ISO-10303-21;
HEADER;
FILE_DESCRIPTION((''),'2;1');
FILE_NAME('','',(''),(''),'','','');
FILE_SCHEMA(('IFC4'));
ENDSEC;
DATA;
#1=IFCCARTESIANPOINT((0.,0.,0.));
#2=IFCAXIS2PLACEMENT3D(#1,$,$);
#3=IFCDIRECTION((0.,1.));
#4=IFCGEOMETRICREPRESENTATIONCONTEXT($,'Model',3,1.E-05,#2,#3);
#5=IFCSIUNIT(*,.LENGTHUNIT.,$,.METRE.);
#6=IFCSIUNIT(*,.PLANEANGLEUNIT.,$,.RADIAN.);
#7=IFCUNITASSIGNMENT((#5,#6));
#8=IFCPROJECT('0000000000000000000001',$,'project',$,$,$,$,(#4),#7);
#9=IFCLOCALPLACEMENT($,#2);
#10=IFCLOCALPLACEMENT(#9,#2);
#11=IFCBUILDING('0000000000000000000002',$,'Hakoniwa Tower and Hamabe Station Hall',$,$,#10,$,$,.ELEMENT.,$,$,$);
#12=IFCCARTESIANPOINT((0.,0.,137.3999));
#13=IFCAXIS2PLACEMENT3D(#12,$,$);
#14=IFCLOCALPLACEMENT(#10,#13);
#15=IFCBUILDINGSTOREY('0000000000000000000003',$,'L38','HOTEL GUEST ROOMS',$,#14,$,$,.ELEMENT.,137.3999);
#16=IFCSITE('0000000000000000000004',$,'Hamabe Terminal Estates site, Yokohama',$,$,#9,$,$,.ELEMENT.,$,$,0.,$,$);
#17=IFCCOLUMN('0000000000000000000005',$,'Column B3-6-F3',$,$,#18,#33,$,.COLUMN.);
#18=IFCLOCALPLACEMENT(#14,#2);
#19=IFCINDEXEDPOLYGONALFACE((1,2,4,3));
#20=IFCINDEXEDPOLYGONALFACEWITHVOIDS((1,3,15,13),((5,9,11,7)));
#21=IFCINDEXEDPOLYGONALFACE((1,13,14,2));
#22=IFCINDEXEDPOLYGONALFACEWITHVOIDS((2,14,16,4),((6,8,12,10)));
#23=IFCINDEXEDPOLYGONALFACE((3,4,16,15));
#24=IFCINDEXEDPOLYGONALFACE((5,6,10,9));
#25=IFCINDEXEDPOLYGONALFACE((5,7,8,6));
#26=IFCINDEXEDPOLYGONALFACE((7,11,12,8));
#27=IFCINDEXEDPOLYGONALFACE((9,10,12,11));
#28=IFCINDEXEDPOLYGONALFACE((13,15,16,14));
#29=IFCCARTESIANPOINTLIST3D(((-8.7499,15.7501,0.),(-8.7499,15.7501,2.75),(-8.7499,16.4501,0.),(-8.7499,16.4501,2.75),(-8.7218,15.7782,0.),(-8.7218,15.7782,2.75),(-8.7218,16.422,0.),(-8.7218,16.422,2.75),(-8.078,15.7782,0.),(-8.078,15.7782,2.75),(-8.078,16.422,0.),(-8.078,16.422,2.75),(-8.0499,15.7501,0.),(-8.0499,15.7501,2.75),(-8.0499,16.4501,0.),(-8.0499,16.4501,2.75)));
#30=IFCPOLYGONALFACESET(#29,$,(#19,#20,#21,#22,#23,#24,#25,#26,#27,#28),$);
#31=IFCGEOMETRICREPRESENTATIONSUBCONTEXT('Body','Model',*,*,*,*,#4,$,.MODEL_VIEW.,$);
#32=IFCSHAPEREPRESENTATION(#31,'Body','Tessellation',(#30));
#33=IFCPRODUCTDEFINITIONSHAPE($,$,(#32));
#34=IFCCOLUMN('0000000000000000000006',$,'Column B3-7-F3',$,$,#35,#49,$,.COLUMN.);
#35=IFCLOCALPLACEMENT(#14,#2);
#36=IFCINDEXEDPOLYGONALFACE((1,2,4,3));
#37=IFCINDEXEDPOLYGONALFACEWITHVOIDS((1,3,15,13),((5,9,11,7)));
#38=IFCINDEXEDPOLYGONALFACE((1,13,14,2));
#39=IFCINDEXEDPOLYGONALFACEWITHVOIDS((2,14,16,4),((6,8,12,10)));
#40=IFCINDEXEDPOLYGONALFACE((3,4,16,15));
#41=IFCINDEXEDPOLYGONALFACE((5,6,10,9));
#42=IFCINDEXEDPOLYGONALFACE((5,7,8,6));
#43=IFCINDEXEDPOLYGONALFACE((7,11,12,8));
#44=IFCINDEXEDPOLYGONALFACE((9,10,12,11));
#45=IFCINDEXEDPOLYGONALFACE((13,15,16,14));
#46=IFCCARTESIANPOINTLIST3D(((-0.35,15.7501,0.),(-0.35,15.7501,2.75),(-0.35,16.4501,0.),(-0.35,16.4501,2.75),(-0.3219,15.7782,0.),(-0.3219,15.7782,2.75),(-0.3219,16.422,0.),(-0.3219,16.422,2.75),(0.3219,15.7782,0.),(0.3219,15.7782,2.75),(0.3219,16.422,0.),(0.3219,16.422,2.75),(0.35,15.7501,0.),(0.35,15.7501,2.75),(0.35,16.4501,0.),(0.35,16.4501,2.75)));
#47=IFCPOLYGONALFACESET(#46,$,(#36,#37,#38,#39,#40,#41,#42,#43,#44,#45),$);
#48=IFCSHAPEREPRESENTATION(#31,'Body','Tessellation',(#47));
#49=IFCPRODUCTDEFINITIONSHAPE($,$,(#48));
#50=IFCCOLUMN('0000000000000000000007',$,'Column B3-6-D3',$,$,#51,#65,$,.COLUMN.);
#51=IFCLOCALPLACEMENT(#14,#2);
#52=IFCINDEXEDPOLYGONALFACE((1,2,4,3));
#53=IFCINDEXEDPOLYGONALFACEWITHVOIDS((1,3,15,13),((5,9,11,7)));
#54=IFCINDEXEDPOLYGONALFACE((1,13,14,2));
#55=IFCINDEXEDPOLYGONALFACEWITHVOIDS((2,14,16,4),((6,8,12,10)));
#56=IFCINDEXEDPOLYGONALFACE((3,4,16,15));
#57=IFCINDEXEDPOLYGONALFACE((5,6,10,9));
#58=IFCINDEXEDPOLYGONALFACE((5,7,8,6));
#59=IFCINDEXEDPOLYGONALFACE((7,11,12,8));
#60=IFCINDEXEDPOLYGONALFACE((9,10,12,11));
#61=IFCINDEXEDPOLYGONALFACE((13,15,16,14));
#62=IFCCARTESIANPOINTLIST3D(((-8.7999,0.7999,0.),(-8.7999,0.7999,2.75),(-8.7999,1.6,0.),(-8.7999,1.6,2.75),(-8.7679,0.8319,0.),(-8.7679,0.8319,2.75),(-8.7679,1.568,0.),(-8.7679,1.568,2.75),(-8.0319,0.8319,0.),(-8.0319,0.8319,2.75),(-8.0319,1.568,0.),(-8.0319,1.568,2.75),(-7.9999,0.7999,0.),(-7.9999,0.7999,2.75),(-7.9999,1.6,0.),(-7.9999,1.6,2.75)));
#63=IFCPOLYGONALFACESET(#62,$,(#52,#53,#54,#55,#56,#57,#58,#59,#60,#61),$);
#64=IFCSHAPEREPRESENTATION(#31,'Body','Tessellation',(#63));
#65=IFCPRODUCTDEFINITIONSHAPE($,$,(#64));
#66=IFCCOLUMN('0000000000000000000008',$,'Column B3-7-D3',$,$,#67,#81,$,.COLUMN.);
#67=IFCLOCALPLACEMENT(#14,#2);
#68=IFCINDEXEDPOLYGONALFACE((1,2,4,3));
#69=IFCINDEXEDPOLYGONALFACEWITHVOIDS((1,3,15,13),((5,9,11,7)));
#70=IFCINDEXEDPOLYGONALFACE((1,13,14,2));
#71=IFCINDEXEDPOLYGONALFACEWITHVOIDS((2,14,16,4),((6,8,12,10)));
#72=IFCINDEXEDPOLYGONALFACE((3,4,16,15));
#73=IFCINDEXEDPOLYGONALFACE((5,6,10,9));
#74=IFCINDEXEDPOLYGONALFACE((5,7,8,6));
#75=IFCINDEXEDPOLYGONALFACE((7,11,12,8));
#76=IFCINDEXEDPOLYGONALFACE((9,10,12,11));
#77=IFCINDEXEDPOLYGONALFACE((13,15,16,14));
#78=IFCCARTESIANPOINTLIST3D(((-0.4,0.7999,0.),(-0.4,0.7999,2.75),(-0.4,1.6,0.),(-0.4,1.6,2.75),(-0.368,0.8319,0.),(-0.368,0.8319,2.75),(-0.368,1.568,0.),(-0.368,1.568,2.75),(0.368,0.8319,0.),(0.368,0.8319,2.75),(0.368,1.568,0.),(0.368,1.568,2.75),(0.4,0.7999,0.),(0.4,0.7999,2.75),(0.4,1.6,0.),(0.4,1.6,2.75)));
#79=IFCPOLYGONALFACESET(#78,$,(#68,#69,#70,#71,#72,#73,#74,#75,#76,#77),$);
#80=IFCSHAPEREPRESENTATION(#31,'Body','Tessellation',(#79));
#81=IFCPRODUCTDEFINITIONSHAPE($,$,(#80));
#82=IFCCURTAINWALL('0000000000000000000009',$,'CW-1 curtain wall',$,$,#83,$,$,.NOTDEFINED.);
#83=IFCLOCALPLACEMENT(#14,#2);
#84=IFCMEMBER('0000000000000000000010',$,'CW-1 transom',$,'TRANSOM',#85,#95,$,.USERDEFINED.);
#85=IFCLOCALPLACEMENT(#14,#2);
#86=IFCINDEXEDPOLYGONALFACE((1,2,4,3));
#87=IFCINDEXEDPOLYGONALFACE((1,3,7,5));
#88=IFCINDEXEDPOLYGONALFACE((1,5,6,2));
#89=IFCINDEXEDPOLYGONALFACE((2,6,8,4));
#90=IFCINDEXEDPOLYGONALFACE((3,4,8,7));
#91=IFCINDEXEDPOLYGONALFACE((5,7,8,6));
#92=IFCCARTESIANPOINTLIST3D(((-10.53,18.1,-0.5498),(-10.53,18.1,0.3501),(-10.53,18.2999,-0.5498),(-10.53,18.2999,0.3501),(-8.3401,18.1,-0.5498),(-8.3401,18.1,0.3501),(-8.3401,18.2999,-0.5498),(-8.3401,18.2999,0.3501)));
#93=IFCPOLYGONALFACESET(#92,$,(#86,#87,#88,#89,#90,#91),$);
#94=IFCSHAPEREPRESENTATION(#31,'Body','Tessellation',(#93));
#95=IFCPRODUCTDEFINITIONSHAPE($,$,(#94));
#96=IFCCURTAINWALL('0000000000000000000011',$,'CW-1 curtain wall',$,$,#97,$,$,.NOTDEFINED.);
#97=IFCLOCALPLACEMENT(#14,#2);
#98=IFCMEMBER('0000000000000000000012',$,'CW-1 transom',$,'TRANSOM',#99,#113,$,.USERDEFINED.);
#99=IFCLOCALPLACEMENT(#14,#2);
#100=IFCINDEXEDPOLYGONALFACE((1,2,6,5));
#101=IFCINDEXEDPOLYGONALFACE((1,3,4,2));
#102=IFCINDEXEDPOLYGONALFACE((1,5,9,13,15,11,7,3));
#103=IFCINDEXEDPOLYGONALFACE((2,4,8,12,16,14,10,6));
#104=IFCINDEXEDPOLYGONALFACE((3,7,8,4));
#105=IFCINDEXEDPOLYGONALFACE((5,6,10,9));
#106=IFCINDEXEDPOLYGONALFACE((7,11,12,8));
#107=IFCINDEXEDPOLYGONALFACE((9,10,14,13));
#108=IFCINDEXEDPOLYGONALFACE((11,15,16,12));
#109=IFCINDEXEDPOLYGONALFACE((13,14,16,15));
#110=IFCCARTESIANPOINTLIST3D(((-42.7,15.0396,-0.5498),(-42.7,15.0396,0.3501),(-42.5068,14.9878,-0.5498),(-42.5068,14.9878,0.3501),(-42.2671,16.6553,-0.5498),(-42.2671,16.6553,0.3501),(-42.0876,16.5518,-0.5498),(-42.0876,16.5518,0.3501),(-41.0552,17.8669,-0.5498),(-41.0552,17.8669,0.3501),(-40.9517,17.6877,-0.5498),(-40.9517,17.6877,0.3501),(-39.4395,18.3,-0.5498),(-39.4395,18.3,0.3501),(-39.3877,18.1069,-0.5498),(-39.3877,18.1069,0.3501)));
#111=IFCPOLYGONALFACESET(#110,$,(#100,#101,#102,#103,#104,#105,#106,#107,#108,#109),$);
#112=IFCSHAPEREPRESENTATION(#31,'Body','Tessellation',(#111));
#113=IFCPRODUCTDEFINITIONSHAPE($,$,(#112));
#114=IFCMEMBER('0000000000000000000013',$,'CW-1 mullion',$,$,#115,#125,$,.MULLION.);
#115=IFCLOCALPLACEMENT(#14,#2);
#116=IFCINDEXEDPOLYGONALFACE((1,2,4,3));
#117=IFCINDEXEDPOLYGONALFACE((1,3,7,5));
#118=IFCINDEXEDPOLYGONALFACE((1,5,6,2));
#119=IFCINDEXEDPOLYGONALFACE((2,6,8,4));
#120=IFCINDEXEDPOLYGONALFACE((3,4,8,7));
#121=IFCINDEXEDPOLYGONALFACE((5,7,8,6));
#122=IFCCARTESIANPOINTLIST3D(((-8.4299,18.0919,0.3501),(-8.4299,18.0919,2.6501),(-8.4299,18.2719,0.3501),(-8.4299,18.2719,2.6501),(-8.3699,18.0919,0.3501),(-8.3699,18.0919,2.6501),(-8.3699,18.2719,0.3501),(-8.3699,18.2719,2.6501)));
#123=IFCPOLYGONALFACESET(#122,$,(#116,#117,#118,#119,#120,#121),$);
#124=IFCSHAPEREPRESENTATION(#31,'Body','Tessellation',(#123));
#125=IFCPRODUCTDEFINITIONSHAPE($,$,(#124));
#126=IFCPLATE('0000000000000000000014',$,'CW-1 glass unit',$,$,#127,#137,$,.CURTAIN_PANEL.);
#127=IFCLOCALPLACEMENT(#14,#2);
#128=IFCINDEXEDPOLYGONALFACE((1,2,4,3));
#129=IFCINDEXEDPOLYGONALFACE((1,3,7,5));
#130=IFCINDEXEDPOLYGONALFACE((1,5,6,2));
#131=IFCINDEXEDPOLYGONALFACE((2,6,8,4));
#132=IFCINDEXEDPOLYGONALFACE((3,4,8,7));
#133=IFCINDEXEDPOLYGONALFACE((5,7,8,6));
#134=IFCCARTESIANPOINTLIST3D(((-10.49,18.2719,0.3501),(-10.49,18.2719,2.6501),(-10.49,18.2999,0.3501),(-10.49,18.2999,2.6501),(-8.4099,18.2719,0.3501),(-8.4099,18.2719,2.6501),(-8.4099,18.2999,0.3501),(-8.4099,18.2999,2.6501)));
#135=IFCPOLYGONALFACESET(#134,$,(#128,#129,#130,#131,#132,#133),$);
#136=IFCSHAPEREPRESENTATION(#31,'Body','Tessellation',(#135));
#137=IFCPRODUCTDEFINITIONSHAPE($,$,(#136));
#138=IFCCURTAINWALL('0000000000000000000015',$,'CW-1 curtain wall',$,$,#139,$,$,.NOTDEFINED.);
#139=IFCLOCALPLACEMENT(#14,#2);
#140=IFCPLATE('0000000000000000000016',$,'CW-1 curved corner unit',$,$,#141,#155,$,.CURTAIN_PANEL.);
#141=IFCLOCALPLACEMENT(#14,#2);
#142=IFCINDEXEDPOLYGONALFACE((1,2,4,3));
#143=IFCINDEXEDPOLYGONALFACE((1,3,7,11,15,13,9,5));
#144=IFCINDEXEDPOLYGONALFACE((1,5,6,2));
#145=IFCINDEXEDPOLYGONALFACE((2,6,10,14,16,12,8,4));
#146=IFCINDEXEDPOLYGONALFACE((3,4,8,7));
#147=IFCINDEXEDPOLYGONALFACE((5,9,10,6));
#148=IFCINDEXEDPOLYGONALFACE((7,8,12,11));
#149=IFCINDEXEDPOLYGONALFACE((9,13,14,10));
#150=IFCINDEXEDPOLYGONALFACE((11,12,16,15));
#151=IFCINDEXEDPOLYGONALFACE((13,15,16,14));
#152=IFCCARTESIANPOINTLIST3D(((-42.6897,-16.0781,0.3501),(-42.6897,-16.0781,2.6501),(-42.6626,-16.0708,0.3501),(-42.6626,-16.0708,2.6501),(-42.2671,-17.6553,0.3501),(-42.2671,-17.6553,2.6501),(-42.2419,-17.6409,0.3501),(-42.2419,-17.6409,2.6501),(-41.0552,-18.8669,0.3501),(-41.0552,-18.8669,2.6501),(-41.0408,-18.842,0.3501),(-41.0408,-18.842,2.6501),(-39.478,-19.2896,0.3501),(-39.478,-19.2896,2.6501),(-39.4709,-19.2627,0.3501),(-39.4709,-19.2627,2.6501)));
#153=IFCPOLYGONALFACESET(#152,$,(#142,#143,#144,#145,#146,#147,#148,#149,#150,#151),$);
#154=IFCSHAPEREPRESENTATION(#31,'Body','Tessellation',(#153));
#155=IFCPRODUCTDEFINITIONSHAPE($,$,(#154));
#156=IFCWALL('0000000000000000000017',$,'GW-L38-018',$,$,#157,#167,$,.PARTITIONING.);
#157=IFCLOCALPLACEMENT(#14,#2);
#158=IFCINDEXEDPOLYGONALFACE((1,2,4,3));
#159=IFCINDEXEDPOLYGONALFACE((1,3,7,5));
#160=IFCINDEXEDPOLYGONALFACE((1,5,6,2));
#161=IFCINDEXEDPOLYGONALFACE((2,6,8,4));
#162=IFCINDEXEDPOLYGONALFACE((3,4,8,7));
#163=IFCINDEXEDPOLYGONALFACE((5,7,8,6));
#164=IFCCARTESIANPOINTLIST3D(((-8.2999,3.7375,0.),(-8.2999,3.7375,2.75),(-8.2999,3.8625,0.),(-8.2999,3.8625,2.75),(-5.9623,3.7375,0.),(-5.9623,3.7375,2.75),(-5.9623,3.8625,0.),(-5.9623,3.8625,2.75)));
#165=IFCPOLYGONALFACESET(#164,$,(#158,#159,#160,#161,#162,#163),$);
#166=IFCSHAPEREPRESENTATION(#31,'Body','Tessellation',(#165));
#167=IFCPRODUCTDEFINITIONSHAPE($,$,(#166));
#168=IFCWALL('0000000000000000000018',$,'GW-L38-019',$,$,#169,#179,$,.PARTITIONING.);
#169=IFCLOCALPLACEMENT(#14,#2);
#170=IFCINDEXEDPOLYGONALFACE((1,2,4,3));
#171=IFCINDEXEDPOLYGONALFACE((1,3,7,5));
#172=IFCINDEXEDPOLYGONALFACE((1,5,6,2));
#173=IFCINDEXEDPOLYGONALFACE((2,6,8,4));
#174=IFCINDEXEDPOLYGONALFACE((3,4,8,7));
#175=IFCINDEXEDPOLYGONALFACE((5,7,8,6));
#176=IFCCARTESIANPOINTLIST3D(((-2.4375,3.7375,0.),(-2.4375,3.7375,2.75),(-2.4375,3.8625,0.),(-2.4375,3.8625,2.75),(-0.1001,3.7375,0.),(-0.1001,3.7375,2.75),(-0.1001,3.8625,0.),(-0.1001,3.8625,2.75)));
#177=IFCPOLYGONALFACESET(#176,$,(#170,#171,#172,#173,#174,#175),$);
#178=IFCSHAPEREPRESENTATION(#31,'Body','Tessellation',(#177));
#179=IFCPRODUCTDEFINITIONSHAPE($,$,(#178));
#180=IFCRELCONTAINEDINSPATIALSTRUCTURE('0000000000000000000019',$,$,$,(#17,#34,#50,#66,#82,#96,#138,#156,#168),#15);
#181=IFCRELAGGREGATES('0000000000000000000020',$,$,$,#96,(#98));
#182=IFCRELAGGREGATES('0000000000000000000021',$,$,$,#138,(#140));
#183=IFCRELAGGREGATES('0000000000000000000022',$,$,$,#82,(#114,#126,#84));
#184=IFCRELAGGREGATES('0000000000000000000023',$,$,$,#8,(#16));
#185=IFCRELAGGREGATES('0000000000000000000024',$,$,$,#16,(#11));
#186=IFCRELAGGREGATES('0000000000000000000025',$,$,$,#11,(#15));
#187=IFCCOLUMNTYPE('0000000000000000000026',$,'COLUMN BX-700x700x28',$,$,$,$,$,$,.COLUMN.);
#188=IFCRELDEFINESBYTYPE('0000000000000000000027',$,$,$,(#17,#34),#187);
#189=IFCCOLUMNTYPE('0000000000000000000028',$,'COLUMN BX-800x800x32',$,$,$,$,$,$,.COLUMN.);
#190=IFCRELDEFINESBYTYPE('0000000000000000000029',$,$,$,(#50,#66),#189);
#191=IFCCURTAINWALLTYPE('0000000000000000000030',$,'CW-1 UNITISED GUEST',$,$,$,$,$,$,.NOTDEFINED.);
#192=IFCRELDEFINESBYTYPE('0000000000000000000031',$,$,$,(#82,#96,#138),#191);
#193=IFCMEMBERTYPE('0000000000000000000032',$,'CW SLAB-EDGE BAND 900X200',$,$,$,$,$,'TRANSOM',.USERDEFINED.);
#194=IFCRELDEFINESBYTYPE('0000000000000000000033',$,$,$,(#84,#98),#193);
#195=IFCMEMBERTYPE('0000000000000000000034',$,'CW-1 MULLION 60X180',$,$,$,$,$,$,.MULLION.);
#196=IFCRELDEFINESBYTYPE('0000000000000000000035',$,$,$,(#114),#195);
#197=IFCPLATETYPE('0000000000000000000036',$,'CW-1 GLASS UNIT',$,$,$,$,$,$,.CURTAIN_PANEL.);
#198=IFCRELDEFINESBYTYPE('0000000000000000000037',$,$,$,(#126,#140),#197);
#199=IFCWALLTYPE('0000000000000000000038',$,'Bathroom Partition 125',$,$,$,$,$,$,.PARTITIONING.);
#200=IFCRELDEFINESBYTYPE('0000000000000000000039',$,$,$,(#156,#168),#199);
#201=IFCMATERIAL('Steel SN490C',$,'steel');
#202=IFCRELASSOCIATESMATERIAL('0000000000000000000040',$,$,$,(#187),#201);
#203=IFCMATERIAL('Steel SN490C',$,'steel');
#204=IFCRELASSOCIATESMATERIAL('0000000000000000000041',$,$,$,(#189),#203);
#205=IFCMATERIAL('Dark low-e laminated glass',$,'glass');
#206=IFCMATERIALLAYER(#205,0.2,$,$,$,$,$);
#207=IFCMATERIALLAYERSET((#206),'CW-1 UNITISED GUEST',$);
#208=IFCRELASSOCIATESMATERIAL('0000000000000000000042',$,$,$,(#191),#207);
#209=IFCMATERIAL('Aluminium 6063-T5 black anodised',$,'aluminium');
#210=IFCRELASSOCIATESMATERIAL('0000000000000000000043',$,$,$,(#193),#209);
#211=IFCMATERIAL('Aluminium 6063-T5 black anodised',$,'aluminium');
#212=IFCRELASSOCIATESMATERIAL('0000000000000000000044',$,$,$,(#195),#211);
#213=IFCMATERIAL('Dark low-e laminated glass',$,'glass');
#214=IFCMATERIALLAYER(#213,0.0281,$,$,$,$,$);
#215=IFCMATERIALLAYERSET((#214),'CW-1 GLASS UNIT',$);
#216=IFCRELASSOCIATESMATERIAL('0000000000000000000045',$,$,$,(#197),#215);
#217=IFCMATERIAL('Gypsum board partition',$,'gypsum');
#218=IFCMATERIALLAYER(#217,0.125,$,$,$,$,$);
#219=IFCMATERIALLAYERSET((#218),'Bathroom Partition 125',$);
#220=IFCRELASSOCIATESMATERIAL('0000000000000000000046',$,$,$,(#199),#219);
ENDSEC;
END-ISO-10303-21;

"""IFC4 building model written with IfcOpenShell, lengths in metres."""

from ifc_helpers import new_model, si_unit, direction, frame, frame_2d, origin, origin_2d, place, context, subcontext, project, spatial, polyline, rectangle, hollow_rectangle, outline, extrude, material, layer, layer_set, material_profile, profile_set, type_object, element, aggregate, save


model = new_model("IFC4")

# Units and contexts
model_context = context("Model", 3, precision=1e-05, world=origin(), true_north=direction((0.0, 1.0)))
body_context = subcontext(model_context, "Body", "Model", "MODEL_VIEW")
ifc_project = project(units=[si_unit("LENGTHUNIT", "METRE"), si_unit("PLANEANGLEUNIT", "RADIAN")], contexts=[model_context])

# Site, building, storey
site_placement = place(None, origin())
site = spatial("IfcSite", under=ifc_project, at=site_placement, Name="Hamabe Terminal Estates site, Yokohama", CompositionType="ELEMENT", RefElevation=0.0)
building_placement = place(site_placement, origin())
building = spatial("IfcBuilding", under=site, at=building_placement, Name="Hakoniwa Tower and Hamabe Station Hall", CompositionType="ELEMENT")
storey_placement = place(building_placement, frame((0.0, 0.0, 137.3999)))
storey = spatial("IfcBuildingStorey", under=building, at=storey_placement, Name="L38", Description="HOTEL GUEST ROOMS", CompositionType="ELEMENT", Elevation=137.3999)

# Columns
ifc_material_1 = material(Name="Steel SN490C", Category="steel")
ifc_material_profile_1 = material_profile(ifc_material_1, hollow_rectangle(XDim=0.7, YDim=0.7, WallThickness=0.0281, at=origin_2d()), Name="BX-700x700x28")
ifc_profile_set_1 = profile_set([ifc_material_profile_1], Name="Steel SN490C")
column_type_1 = type_object("IfcColumnType", Name="COLUMN BX-700x700x28", PredefinedType="COLUMN", material=ifc_profile_set_1)
for number, where, z_axis, x_axis, name in (
    (1, (-8.3999, 16.1001, 0.0), (0.0, 0.0, 1.0), (1.0, 0.0, 0.0), "Column B3-6-F3"),
    (2, (0.0, 16.1001, 0.0), (0.0, 0.0, 1.0), (1.0, 0.0, 0.0), "Column B3-7-F3"),
):
    element("IfcColumn", number, at=place(storey_placement, frame(where, z_axis=z_axis, x_axis=x_axis)), inside=storey, type_object=column_type_1, Name=name, PredefinedType="COLUMN", context=body_context, shape_type="SweptSolid", body=[
        extrude(hollow_rectangle(XDim=0.7, YDim=0.7, WallThickness=0.0281, at=origin_2d()), origin(), (0.0, 0.0, 1.0), 2.75),
    ])
ifc_material_2 = material(Name="Steel SN490C", Category="steel")
ifc_material_profile_2 = material_profile(ifc_material_2, hollow_rectangle(XDim=0.8, YDim=0.8, WallThickness=0.032, at=origin_2d()), Name="BX-800x800x32")
ifc_profile_set_2 = profile_set([ifc_material_profile_2], Name="Steel SN490C")
column_type_2 = type_object("IfcColumnType", Name="COLUMN BX-800x800x32", PredefinedType="COLUMN", material=ifc_profile_set_2)
for number, where, z_axis, x_axis, name in (
    (3, (-8.3999, 1.2, 0.0), (0.0, 0.0, 1.0), (1.0, 0.0, 0.0), "Column B3-6-D3"),
    (4, (0.0, 1.2, 0.0), (0.0, 0.0, 1.0), (1.0, 0.0, 0.0), "Column B3-7-D3"),
):
    element("IfcColumn", number, at=place(storey_placement, frame(where, z_axis=z_axis, x_axis=x_axis)), inside=storey, type_object=column_type_2, Name=name, PredefinedType="COLUMN", context=body_context, shape_type="SweptSolid", body=[
        extrude(hollow_rectangle(XDim=0.8, YDim=0.8, WallThickness=0.032, at=origin_2d()), origin(), (0.0, 0.0, 1.0), 2.75),
    ])

# Curtain walls, members
ifc_material_3 = material(Name="Dark low-e laminated glass", Category="glass")
ifc_layer_1 = layer(ifc_material_3, 0.2)
ifc_layer_set_1 = layer_set([ifc_layer_1], Name="CW-1 UNITISED GUEST")
curtain_wall_type = type_object("IfcCurtainWallType", Name="CW-1 UNITISED GUEST", PredefinedType="NOTDEFINED", material=ifc_layer_set_1)
curtain_wall_1_placement = place(storey_placement, origin())
curtain_wall_1 = element("IfcCurtainWall", 5, at=curtain_wall_1_placement, inside=storey, type_object=curtain_wall_type, Name="CW-1 curtain wall", PredefinedType="NOTDEFINED")
ifc_material_4 = material(Name="Aluminium 6063-T5 black anodised", Category="aluminium")
ifc_material_profile_3 = material_profile(ifc_material_4, rectangle(XDim=0.2, YDim=0.8999, at=origin_2d()), Name="CW SLAB-EDGE BAND 900X200")
ifc_profile_set_3 = profile_set([ifc_material_profile_3], Name="Aluminium 6063-T5 black anodised")
member_type_1 = type_object("IfcMemberType", Name="CW SLAB-EDGE BAND 900X200", ElementType="TRANSOM", PredefinedType="USERDEFINED", material=ifc_profile_set_3)
member_1_placement = place(storey_placement, frame((-8.3401, 18.2, -0.0999), z_axis=(-1.0, 0.0, 0.0), x_axis=(0.0, -1.0, 0.0)))
member_1 = element("IfcMember", 6, at=member_1_placement, type_object=member_type_1, Name="CW-1 transom", ObjectType="TRANSOM", PredefinedType="USERDEFINED", context=body_context, shape_type="SweptSolid", body=[
    extrude(rectangle(XDim=0.2, YDim=0.8999, at=origin_2d()), origin(), (0.0, 0.0, 1.0), 2.1899),
])
curtain_wall_2_placement = place(storey_placement, origin())
curtain_wall_2 = element("IfcCurtainWall", 7, at=curtain_wall_2_placement, inside=storey, type_object=curtain_wall_type, Name="CW-1 curtain wall", PredefinedType="NOTDEFINED")
member_2_placement = place(storey_placement, frame((0.0, 0.0, -0.5498)))
member_2 = element("IfcMember", 8, at=member_2_placement, type_object=member_type_1, Name="CW-1 transom", ObjectType="TRANSOM", PredefinedType="USERDEFINED", context=body_context, shape_type="SweptSolid", body=[
    extrude(outline(polyline([(-39.4395, 18.3), (-41.0552, 17.8669), (-42.2671, 16.6553), (-42.7, 15.0396), (-42.5068, 14.9878), (-42.0876, 16.5518), (-40.9517, 17.6877), (-39.3877, 18.1069), (-39.4395, 18.3)])), origin(), (0.0, 0.0, 1.0), 0.8999),
])
aggregate(curtain_wall_2, [member_2])

# Member
ifc_material_5 = material(Name="Aluminium 6063-T5 black anodised", Category="aluminium")
ifc_material_profile_4 = material_profile(ifc_material_5, rectangle(XDim=0.0601, YDim=0.1799, at=origin_2d()), Name="CW-1 MULLION 60X180")
ifc_profile_set_4 = profile_set([ifc_material_profile_4], Name="Aluminium 6063-T5 black anodised")
member_type_2 = type_object("IfcMemberType", Name="CW-1 MULLION 60X180", PredefinedType="MULLION", material=ifc_profile_set_4)
member_3_placement = place(storey_placement, frame((-8.3999, 18.1819, 0.3501), z_axis=(0.0, 0.0, 1.0), x_axis=(-1.0, 0.0, 0.0)))
member_3 = element("IfcMember", 9, at=member_3_placement, type_object=member_type_2, Name="CW-1 mullion", PredefinedType="MULLION", context=body_context, shape_type="SweptSolid", body=[
    extrude(rectangle(XDim=0.0601, YDim=0.1799, at=origin_2d()), origin(), (0.0, 0.0, 1.0), 2.3),
])

# Plate
ifc_material_6 = material(Name="Dark low-e laminated glass", Category="glass")
ifc_layer_2 = layer(ifc_material_6, 0.0281)
ifc_layer_set_2 = layer_set([ifc_layer_2], Name="CW-1 GLASS UNIT")
plate_type = type_object("IfcPlateType", Name="CW-1 GLASS UNIT", PredefinedType="CURTAIN_PANEL", material=ifc_layer_set_2)
plate_1_placement = place(storey_placement, frame((-9.45, 18.2859, 0.3501), z_axis=(0.0, 0.0, 1.0), x_axis=(-1.0, 0.0, 0.0)))
plate_1 = element("IfcPlate", 10, at=plate_1_placement, type_object=plate_type, Name="CW-1 glass unit", PredefinedType="CURTAIN_PANEL", context=body_context, shape_type="SweptSolid", body=[
    extrude(rectangle(XDim=2.0801, YDim=0.0281, at=origin_2d()), origin(), (0.0, 0.0, 1.0), 2.3),
])

# Curtain wall, plate
curtain_wall_3_placement = place(storey_placement, origin())
curtain_wall_3 = element("IfcCurtainWall", 11, at=curtain_wall_3_placement, inside=storey, type_object=curtain_wall_type, Name="CW-1 curtain wall", PredefinedType="NOTDEFINED")
plate_2_placement = place(storey_placement, frame((0.0, 0.0, 0.3501)))
plate_2 = element("IfcPlate", 12, at=plate_2_placement, type_object=plate_type, Name="CW-1 curved corner unit", PredefinedType="CURTAIN_PANEL", context=body_context, shape_type="SweptSolid", body=[
    extrude(outline(polyline([(-42.6897, -16.0781), (-42.2671, -17.6553), (-41.0552, -18.8669), (-39.478, -19.2896), (-39.4709, -19.2627), (-41.0408, -18.842), (-42.2419, -17.6409), (-42.6626, -16.0708), (-42.6897, -16.0781)])), origin(), (0.0, 0.0, 1.0), 2.3),
])
aggregate(curtain_wall_3, [plate_2])

# Walls
ifc_material_7 = material(Name="Gypsum board partition", Category="gypsum")
ifc_layer_3 = layer(ifc_material_7, 0.125)
ifc_layer_set_3 = layer_set([ifc_layer_3], Name="Bathroom Partition 125")
wall_type_1 = type_object("IfcWallType", Name="Bathroom Partition 125", PredefinedType="PARTITIONING", material=ifc_layer_set_3)
wall_1_placement = place(storey_placement, frame((-8.3, 3.8, 0.0), z_axis=(0.0, 0.0, 1.0), x_axis=(1.0, 0.0, 0.0)))
element("IfcWall", 13, at=wall_1_placement, inside=storey, type_object=wall_type_1, Name="GW-L38-018", PredefinedType="PARTITIONING", context=body_context, shape_type="SweptSolid", body=[
    extrude(rectangle(XDim=2.3376, YDim=0.125, at=frame_2d((1.1689, 0.0))), origin(), (0.0, 0.0, 1.0), 2.75),
])
wall_2_placement = place(storey_placement, frame((-2.4375, 3.8, 0.0), z_axis=(0.0, 0.0, 1.0), x_axis=(1.0, 0.0, 0.0)))
element("IfcWall", 14, at=wall_2_placement, inside=storey, type_object=wall_type_1, Name="GW-L38-019", PredefinedType="PARTITIONING", context=body_context, shape_type="SweptSolid", body=[
    extrude(rectangle(XDim=2.3374, YDim=0.125, at=frame_2d((1.1687, 0.0))), origin(), (0.0, 0.0, 1.0), 2.75),
])

aggregate(curtain_wall_1, [member_3, plate_1, member_1])

save(model, "model.ifc")
